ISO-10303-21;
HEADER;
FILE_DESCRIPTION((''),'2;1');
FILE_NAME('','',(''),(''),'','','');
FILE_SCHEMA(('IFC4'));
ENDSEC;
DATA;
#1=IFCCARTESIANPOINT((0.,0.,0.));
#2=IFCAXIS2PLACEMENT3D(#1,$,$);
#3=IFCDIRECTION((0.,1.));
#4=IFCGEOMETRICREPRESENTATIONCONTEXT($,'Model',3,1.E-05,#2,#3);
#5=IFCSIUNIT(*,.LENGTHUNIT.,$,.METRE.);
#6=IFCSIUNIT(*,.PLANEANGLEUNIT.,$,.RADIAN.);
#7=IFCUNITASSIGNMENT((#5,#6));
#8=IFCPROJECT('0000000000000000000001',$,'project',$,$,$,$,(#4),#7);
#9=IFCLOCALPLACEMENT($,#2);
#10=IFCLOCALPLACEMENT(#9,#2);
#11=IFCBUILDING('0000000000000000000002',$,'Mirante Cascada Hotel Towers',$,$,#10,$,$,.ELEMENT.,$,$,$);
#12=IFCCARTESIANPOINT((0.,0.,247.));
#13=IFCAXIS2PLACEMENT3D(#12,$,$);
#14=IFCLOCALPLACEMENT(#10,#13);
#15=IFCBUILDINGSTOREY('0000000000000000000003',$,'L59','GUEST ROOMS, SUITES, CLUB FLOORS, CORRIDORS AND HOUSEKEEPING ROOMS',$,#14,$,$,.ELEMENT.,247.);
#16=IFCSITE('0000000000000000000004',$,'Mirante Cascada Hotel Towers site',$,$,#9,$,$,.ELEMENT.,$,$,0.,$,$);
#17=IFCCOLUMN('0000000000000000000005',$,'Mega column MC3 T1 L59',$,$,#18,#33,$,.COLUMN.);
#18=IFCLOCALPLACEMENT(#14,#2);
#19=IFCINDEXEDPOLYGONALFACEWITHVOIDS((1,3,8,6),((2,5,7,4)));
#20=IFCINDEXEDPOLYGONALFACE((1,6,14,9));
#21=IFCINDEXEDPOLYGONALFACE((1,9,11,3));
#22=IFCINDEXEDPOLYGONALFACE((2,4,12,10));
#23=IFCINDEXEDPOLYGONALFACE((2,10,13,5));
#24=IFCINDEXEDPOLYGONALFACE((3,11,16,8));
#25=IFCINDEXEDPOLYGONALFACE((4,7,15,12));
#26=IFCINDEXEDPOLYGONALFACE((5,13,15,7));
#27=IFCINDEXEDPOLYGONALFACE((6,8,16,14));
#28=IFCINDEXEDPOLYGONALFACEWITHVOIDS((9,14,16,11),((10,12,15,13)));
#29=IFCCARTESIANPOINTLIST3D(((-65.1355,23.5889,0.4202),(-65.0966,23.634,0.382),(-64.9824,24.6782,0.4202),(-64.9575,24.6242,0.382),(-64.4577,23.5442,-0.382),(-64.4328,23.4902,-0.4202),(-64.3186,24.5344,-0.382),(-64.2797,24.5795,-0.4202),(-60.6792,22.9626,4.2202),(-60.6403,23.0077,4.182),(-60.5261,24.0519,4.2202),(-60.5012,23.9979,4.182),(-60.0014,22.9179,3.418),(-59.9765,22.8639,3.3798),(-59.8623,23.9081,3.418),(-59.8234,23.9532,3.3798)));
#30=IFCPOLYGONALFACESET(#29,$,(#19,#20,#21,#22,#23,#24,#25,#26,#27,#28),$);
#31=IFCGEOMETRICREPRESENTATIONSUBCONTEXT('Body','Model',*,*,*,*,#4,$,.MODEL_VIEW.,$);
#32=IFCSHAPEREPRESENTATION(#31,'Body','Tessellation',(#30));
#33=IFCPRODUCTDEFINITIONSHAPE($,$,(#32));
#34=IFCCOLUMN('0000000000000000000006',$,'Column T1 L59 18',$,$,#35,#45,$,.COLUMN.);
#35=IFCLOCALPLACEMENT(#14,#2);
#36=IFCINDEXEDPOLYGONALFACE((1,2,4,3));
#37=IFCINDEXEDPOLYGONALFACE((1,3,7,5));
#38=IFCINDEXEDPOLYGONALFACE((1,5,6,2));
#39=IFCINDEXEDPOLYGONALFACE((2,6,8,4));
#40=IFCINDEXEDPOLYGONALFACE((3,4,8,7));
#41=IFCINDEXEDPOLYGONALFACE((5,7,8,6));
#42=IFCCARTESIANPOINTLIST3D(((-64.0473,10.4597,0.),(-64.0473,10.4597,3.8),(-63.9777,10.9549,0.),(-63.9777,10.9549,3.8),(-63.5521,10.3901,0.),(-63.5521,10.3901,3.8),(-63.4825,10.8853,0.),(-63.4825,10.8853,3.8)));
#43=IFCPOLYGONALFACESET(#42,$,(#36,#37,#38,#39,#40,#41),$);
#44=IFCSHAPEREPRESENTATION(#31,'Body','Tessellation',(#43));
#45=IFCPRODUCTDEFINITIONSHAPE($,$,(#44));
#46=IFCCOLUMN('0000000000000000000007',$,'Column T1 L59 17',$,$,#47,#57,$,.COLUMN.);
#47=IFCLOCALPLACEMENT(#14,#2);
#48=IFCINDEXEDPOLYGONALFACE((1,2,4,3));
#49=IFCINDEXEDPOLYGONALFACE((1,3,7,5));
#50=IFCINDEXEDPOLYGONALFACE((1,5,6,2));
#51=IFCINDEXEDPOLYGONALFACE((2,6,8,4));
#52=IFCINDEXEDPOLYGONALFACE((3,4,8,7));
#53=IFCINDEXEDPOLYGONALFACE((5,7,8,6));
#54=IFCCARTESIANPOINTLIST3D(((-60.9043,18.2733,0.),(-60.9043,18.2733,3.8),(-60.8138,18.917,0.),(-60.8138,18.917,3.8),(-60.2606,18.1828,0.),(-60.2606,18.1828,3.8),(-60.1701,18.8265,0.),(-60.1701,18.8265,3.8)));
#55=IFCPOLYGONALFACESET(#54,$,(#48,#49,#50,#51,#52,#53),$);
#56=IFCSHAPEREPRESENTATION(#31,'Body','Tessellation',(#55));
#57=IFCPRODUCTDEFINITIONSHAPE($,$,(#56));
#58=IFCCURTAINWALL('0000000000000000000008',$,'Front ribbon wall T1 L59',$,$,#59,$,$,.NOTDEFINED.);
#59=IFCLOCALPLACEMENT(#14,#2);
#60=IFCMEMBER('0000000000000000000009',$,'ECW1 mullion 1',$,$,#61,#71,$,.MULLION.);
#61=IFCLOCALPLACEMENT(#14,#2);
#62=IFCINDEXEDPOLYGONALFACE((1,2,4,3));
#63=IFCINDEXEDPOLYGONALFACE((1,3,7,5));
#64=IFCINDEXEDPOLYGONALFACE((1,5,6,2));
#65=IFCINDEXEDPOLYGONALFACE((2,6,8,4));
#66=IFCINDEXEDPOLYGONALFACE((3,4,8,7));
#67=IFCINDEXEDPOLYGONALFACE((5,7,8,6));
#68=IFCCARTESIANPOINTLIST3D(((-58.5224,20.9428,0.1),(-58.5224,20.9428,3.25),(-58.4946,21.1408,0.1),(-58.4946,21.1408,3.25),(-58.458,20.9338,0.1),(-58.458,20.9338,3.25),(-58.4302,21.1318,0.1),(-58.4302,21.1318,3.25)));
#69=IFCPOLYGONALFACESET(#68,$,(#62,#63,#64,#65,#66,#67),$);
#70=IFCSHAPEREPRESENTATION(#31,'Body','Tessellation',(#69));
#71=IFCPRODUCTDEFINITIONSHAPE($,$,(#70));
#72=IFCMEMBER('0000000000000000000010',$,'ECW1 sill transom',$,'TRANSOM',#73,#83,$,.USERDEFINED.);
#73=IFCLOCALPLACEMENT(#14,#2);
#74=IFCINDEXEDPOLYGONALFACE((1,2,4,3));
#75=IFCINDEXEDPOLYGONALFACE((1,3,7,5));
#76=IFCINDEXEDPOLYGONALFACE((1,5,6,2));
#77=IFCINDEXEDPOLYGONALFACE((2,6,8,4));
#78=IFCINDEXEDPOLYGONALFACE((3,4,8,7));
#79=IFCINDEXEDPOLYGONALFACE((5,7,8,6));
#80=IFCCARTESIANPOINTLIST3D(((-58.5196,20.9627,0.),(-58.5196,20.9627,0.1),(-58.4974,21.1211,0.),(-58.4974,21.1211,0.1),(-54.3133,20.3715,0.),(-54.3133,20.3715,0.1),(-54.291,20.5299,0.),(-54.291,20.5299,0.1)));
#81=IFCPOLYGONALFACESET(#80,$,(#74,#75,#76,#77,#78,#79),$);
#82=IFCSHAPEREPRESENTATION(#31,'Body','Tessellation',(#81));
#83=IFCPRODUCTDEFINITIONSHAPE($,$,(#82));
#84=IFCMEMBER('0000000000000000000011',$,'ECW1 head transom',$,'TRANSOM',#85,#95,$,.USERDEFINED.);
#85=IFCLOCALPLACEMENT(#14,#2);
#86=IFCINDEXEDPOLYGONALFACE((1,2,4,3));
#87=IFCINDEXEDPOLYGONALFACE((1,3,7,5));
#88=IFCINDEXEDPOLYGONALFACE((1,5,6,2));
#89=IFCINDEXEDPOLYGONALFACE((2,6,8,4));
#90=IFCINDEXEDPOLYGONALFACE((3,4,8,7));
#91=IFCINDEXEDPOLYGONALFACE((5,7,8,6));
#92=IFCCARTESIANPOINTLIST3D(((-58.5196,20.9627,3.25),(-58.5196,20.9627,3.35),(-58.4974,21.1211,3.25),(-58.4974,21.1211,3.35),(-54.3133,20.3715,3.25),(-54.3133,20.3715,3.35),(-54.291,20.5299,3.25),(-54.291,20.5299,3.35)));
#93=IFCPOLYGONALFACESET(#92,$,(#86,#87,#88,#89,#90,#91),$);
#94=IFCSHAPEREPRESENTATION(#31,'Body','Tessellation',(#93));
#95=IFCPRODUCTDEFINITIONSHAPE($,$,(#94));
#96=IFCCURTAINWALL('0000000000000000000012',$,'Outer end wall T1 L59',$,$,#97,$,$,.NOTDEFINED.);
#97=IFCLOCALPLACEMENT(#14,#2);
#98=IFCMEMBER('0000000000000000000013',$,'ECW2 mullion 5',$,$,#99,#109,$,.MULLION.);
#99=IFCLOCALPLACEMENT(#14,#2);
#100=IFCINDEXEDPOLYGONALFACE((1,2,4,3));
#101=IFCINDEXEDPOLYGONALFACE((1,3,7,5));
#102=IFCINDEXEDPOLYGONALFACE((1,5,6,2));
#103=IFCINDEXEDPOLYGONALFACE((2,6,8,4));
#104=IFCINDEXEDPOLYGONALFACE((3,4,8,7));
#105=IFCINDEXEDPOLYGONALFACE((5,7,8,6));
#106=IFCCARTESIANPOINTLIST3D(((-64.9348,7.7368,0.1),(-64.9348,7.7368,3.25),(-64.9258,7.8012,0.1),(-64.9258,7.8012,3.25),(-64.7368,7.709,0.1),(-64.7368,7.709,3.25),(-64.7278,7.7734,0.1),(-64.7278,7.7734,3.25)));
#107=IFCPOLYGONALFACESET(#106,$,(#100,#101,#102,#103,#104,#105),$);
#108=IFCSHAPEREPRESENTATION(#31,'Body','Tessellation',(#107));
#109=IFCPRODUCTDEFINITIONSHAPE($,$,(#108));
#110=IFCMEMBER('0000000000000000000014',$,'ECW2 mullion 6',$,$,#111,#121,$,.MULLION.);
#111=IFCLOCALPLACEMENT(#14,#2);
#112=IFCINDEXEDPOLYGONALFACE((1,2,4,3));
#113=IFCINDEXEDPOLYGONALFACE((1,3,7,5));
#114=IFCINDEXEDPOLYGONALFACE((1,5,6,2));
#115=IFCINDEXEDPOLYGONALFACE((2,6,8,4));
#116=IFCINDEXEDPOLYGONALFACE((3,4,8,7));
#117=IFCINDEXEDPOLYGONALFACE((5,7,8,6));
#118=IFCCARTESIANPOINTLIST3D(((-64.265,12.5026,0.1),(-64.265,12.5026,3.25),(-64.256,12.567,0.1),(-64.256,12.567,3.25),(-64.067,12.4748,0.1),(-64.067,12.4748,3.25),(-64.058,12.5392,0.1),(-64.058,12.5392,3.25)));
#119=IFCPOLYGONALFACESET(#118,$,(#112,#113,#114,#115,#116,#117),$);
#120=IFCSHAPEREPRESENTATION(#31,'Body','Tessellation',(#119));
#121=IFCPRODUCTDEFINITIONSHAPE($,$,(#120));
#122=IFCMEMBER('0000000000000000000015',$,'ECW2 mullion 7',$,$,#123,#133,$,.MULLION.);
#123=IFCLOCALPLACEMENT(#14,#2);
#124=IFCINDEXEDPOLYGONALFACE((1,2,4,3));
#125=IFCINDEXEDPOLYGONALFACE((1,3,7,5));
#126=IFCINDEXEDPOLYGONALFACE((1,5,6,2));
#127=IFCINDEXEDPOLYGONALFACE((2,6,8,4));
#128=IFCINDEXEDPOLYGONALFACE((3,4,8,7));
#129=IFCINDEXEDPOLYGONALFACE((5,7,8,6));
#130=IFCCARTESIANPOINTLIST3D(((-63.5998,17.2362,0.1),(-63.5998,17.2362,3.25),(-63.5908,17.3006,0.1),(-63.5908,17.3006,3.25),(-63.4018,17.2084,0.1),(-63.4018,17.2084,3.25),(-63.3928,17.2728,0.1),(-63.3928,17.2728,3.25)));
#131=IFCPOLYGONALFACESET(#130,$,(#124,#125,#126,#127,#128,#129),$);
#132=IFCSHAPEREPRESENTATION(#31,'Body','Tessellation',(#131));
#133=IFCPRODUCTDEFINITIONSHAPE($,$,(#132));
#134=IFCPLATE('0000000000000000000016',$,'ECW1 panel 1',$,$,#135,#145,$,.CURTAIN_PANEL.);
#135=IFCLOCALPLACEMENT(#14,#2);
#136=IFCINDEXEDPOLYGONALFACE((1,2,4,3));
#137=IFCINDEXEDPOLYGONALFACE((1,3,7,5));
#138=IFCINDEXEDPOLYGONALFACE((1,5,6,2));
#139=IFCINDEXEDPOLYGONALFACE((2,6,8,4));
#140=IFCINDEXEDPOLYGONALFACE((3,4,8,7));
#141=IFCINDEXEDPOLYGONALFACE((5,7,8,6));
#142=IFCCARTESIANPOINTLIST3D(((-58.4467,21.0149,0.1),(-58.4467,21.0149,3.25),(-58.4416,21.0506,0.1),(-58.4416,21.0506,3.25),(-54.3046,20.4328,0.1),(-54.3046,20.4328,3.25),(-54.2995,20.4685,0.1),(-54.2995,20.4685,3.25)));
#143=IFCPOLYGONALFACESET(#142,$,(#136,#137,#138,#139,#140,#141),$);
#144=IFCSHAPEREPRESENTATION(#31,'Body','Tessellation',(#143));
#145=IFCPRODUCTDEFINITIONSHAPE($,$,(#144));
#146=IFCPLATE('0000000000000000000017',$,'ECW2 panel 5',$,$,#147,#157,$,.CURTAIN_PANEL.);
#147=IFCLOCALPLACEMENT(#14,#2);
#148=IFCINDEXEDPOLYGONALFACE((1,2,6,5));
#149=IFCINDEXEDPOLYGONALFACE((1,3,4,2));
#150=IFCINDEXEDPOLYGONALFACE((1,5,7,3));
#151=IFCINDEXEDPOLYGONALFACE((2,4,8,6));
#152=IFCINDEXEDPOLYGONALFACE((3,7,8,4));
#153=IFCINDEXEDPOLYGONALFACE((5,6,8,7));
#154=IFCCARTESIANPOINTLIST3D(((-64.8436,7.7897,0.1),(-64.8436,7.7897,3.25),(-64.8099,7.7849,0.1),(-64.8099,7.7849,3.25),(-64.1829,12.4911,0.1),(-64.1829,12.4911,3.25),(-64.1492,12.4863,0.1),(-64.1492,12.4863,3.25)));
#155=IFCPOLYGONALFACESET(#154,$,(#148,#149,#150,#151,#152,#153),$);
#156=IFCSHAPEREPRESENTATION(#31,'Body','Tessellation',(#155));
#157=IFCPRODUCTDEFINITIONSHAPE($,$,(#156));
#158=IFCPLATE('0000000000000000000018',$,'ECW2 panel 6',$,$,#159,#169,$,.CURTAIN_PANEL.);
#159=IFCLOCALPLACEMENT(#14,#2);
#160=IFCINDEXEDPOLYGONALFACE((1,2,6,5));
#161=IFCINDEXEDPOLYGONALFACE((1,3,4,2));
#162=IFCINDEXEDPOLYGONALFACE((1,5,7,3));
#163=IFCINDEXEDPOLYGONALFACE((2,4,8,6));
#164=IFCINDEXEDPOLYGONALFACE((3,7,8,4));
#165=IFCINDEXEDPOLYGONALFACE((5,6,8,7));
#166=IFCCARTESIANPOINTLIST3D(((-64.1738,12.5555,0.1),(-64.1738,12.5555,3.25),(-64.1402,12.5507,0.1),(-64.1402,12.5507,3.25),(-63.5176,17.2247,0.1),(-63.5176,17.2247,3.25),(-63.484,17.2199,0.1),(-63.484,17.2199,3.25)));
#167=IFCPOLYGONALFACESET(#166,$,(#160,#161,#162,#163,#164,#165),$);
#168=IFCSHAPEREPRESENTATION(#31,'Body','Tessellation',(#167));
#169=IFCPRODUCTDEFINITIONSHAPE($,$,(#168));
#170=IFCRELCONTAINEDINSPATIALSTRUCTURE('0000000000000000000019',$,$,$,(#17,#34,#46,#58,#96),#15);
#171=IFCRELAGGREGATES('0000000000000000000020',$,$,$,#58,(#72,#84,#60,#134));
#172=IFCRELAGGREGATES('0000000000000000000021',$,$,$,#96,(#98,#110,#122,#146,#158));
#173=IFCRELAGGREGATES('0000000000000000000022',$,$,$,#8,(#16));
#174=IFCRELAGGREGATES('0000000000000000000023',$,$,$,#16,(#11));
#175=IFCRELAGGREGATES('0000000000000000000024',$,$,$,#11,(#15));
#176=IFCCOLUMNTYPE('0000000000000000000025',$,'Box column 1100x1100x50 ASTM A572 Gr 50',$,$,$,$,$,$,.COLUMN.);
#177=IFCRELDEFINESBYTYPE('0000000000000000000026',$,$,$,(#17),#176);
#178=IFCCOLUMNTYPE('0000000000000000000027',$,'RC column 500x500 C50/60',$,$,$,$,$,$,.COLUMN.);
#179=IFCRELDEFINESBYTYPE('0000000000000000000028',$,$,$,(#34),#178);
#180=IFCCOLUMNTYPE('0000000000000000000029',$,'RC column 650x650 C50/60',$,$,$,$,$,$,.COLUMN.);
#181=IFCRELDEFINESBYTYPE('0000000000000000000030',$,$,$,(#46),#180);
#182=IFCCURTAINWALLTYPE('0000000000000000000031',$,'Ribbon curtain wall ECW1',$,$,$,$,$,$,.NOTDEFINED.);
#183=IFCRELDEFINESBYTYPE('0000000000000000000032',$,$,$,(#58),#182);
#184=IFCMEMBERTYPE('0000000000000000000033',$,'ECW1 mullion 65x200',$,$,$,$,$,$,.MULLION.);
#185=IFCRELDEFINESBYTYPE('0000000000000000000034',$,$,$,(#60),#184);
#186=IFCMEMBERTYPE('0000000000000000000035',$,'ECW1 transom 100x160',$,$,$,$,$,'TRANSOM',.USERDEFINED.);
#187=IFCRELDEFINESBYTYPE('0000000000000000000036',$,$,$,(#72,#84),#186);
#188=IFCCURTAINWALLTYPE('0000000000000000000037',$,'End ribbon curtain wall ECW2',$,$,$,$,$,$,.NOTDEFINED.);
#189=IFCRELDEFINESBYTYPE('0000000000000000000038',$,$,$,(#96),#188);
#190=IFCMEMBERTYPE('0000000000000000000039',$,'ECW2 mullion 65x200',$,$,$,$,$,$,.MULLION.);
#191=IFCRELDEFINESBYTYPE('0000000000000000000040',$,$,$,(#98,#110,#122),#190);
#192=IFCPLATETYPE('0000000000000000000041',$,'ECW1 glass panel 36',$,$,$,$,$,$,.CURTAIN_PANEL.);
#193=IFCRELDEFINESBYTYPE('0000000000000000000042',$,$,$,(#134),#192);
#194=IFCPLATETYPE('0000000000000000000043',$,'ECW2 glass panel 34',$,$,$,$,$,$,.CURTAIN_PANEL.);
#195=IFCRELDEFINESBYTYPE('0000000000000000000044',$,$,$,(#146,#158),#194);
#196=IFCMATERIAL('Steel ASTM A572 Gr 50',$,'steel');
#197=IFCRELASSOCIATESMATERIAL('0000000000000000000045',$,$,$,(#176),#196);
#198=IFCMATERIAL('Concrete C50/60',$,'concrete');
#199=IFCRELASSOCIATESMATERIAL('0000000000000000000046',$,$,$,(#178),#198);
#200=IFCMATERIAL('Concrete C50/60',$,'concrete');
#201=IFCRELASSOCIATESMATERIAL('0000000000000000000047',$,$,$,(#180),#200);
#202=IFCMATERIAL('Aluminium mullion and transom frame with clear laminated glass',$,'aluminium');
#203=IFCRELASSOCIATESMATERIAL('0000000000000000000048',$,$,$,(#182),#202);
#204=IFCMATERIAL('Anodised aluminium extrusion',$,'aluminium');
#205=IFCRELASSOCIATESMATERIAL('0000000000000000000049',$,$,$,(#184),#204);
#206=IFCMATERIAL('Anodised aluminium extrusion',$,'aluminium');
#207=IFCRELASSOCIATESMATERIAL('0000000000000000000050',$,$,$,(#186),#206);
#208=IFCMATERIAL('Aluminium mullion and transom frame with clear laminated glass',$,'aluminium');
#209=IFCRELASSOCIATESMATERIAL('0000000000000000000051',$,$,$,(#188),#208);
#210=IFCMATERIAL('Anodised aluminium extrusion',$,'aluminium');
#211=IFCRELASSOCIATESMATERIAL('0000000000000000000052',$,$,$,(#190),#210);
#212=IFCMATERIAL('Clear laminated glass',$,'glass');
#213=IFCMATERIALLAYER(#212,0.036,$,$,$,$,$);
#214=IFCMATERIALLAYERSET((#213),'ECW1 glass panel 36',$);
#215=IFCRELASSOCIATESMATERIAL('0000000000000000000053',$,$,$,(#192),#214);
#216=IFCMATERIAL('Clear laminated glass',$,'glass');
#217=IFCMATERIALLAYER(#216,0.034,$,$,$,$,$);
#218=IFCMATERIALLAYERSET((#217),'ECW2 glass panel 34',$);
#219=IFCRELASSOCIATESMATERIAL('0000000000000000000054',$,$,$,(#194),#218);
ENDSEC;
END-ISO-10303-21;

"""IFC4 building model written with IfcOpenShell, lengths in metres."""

from ifc_helpers import new_model, si_unit, direction, frame, origin, origin_2d, place, context, subcontext, project, spatial, rectangle, hollow_rectangle, extrude, material, layer, layer_set, material_profile, profile_set, type_object, element, aggregate, save


model = new_model("IFC4")

# Units and contexts
model_context = context("Model", 3, precision=1e-05, world=origin(), true_north=direction((0.0, 1.0)))
body_context = subcontext(model_context, "Body", "Model", "MODEL_VIEW")
ifc_project = project(units=[si_unit("LENGTHUNIT", "METRE"), si_unit("PLANEANGLEUNIT", "RADIAN")], contexts=[model_context])

# Site, building, storey
site_placement = place(None, origin())
site = spatial("IfcSite", under=ifc_project, at=site_placement, Name="Mirante Cascada Hotel Towers site", CompositionType="ELEMENT", RefElevation=0.0)
building_placement = place(site_placement, origin())
building = spatial("IfcBuilding", under=site, at=building_placement, Name="Mirante Cascada Hotel Towers", CompositionType="ELEMENT")
storey_placement = place(building_placement, frame((0.0, 0.0, 247.0)))
storey = spatial("IfcBuildingStorey", under=building, at=storey_placement, Name="L59", Description="GUEST ROOMS, SUITES, CLUB FLOORS, CORRIDORS AND HOUSEKEEPING ROOMS", CompositionType="ELEMENT", Elevation=247.0)

# Columns
ifc_material_1 = material(Name="Steel ASTM A572 Gr 50", Category="steel")
ifc_material_profile_1 = material_profile(ifc_material_1, hollow_rectangle(XDim=1.1, YDim=1.1, WallThickness=0.05, at=origin_2d()), Name="Box column 1100x1100x50 ASTM A572 Gr 50")
ifc_profile_set_1 = profile_set([ifc_material_profile_1], Name="Steel ASTM A572 Gr 50")
column_type_1 = type_object("IfcColumnType", Name="Box column 1100x1100x50 ASTM A572 Gr 50", PredefinedType="COLUMN", material=ifc_profile_set_1)
column_1_placement = place(storey_placement, frame((-64.7076, 24.0842, 0.0), z_axis=(0.756601, -0.106335, 0.645173), x_axis=(0.139175, 0.990268, 0.0)))
element("IfcColumn", 1, at=column_1_placement, inside=storey, type_object=column_type_1, Name="Mega column MC3 T1 L59", PredefinedType="COLUMN", context=body_context, shape_type="SweptSolid", body=[
    extrude(hollow_rectangle(XDim=1.1, YDim=1.1, WallThickness=0.05, at=origin_2d()), origin(), (0.0, 0.0, 1.0), 5.8899),
])
ifc_material_2 = material(Name="Concrete C50/60", Category="concrete")
ifc_material_profile_2 = material_profile(ifc_material_2, rectangle(XDim=0.5, YDim=0.5, at=origin_2d()), Name="RC column 500x500 C50/60")
ifc_profile_set_2 = profile_set([ifc_material_profile_2], Name="Concrete C50/60")
column_type_2 = type_object("IfcColumnType", Name="RC column 500x500 C50/60", PredefinedType="COLUMN", material=ifc_profile_set_2)
column_2_placement = place(storey_placement, frame((-63.7649, 10.6725, 0.0), z_axis=(0.0, 0.0, 1.0), x_axis=(-0.990268, 0.139173, 0.0)))
element("IfcColumn", 2, at=column_2_placement, inside=storey, type_object=column_type_2, Name="Column T1 L59 18", PredefinedType="COLUMN", context=body_context, shape_type="SweptSolid", body=[
    extrude(rectangle(XDim=0.5, YDim=0.5, at=origin_2d()), origin(), (0.0, 0.0, 1.0), 3.8),
])
ifc_material_3 = material(Name="Concrete C50/60", Category="concrete")
ifc_material_profile_3 = material_profile(ifc_material_3, rectangle(XDim=0.65, YDim=0.65, at=origin_2d()), Name="RC column 650x650 C50/60")
ifc_profile_set_3 = profile_set([ifc_material_profile_3], Name="Concrete C50/60")
column_type_3 = type_object("IfcColumnType", Name="RC column 650x650 C50/60", PredefinedType="COLUMN", material=ifc_profile_set_3)
column_3_placement = place(storey_placement, frame((-60.5372, 18.5499, 0.0), z_axis=(0.0, 0.0, 1.0), x_axis=(-0.990268, 0.139173, 0.0)))
element("IfcColumn", 3, at=column_3_placement, inside=storey, type_object=column_type_3, Name="Column T1 L59 17", PredefinedType="COLUMN", context=body_context, shape_type="SweptSolid", body=[
    extrude(rectangle(XDim=0.65, YDim=0.65, at=origin_2d()), origin(), (0.0, 0.0, 1.0), 3.8),
])

# Curtain walls, members
ifc_material_4 = material(Name="Aluminium mullion and transom frame with clear laminated glass", Category="aluminium")
curtain_wall_type_1 = type_object("IfcCurtainWallType", Name="Ribbon curtain wall ECW1", PredefinedType="NOTDEFINED", material=ifc_material_4)
curtain_wall_1_placement = place(storey_placement, origin())
curtain_wall_1 = element("IfcCurtainWall", 4, at=curtain_wall_1_placement, inside=storey, type_object=curtain_wall_type_1, Name="Front ribbon wall T1 L59", PredefinedType="NOTDEFINED")
ifc_material_5 = material(Name="Anodised aluminium extrusion", Category="aluminium")
ifc_material_profile_4 = material_profile(ifc_material_5, rectangle(XDim=0.2, YDim=0.065, at=origin_2d()), Name="ECW1 MULLION 65x200")
ifc_profile_set_4 = profile_set([ifc_material_profile_4], Name="Anodised aluminium extrusion")
member_type_1 = type_object("IfcMemberType", Name="ECW1 mullion 65x200", PredefinedType="MULLION", material=ifc_profile_set_4)
member_1_placement = place(storey_placement, frame((-58.4763, 21.0373, 0.1), z_axis=(0.0, 0.0, 1.0), x_axis=(0.139173, 0.990268, 0.0)))
member_1 = element("IfcMember", 5, at=member_1_placement, type_object=member_type_1, Name="ECW1 mullion 1", PredefinedType="MULLION", context=body_context, shape_type="SweptSolid", body=[
    extrude(rectangle(XDim=0.2, YDim=0.065, at=origin_2d()), origin(), (0.0, 0.0, 1.0), 3.15),
])
ifc_material_6 = material(Name="Anodised aluminium extrusion", Category="aluminium")
ifc_material_profile_5 = material_profile(ifc_material_6, rectangle(XDim=0.16, YDim=0.1, at=origin_2d()), Name="ECW1 TRANSOM 100x160")
ifc_profile_set_5 = profile_set([ifc_material_profile_5], Name="Anodised aluminium extrusion")
member_type_2 = type_object("IfcMemberType", Name="ECW1 transom 100x160", ElementType="TRANSOM", PredefinedType="USERDEFINED", material=ifc_profile_set_5)
member_2_placement = place(storey_placement, frame((-58.5085, 21.0419, 0.05), z_axis=(0.990267, -0.13918, 0.0), x_axis=(0.13918, 0.990267, 0.0)))
member_2 = element("IfcMember", 6, at=member_2_placement, type_object=member_type_2, Name="ECW1 sill transom", ObjectType="TRANSOM", PredefinedType="USERDEFINED", context=body_context, shape_type="SweptSolid", body=[
    extrude(rectangle(XDim=0.16, YDim=0.1, at=origin_2d()), origin(), (0.0, 0.0, 1.0), 4.2477),
])
member_3_placement = place(storey_placement, frame((-58.5085, 21.0419, 3.3), z_axis=(0.990267, -0.13918, 0.0), x_axis=(0.13918, 0.990267, 0.0)))
member_3 = element("IfcMember", 7, at=member_3_placement, type_object=member_type_2, Name="ECW1 head transom", ObjectType="TRANSOM", PredefinedType="USERDEFINED", context=body_context, shape_type="SweptSolid", body=[
    extrude(rectangle(XDim=0.16, YDim=0.1, at=origin_2d()), origin(), (0.0, 0.0, 1.0), 4.2477),
])
ifc_material_7 = material(Name="Aluminium mullion and transom frame with clear laminated glass", Category="aluminium")
curtain_wall_type_2 = type_object("IfcCurtainWallType", Name="End ribbon curtain wall ECW2", PredefinedType="NOTDEFINED", material=ifc_material_7)
curtain_wall_2_placement = place(storey_placement, origin())
curtain_wall_2 = element("IfcCurtainWall", 8, at=curtain_wall_2_placement, inside=storey, type_object=curtain_wall_type_2, Name="Outer end wall T1 L59", PredefinedType="NOTDEFINED")
ifc_material_8 = material(Name="Anodised aluminium extrusion", Category="aluminium")
ifc_material_profile_6 = material_profile(ifc_material_8, rectangle(XDim=0.2, YDim=0.065, at=origin_2d()), Name="ECW2 MULLION 65x200")
ifc_profile_set_6 = profile_set([ifc_material_profile_6], Name="Anodised aluminium extrusion")
member_type_3 = type_object("IfcMemberType", Name="ECW2 mullion 65x200", PredefinedType="MULLION", material=ifc_profile_set_6)
member_4_placement = place(storey_placement, frame((-64.8313, 7.7551, 0.1), z_axis=(0.0, 0.0, 1.0), x_axis=(-0.990268, 0.139173, 0.0)))
member_4 = element("IfcMember", 9, at=member_4_placement, type_object=member_type_3, Name="ECW2 mullion 5", PredefinedType="MULLION", context=body_context, shape_type="SweptSolid", body=[
    extrude(rectangle(XDim=0.2, YDim=0.065, at=origin_2d()), origin(), (0.0, 0.0, 1.0), 3.15),
])
member_5_placement = place(storey_placement, frame((-64.1615, 12.5209, 0.1), z_axis=(0.0, 0.0, 1.0), x_axis=(-0.990268, 0.139173, 0.0)))
member_5 = element("IfcMember", 10, at=member_5_placement, type_object=member_type_3, Name="ECW2 mullion 6", PredefinedType="MULLION", context=body_context, shape_type="SweptSolid", body=[
    extrude(rectangle(XDim=0.2, YDim=0.065, at=origin_2d()), origin(), (0.0, 0.0, 1.0), 3.15),
])
member_6_placement = place(storey_placement, frame((-63.4963, 17.2545, 0.1), z_axis=(0.0, 0.0, 1.0), x_axis=(-0.990268, 0.139173, 0.0)))
member_6 = element("IfcMember", 11, at=member_6_placement, type_object=member_type_3, Name="ECW2 mullion 7", PredefinedType="MULLION", context=body_context, shape_type="SweptSolid", body=[
    extrude(rectangle(XDim=0.2, YDim=0.065, at=origin_2d()), origin(), (0.0, 0.0, 1.0), 3.15),
])

# Plates
ifc_material_9 = material(Name="Clear laminated glass", Category="glass")
ifc_layer_1 = layer(ifc_material_9, 0.036)
ifc_layer_set_1 = layer_set([ifc_layer_1], Name="ECW1 glass panel 36")
plate_type_1 = type_object("IfcPlateType", Name="ECW1 glass panel 36", PredefinedType="CURTAIN_PANEL", material=ifc_layer_set_1)
plate_1_placement = place(storey_placement, frame((-56.3731, 20.7417, 0.1), z_axis=(0.0, 0.0, 1.0), x_axis=(0.990268, -0.139173, 0.0)))
plate_1 = element("IfcPlate", 12, at=plate_1_placement, type_object=plate_type_1, Name="ECW1 panel 1", PredefinedType="CURTAIN_PANEL", context=body_context, shape_type="SweptSolid", body=[
    extrude(rectangle(XDim=4.1828, YDim=0.036, at=origin_2d()), origin(), (0.0, 0.0, 1.0), 3.15),
])
aggregate(curtain_wall_1, [member_2, member_3, member_1, plate_1])
ifc_material_10 = material(Name="Clear laminated glass", Category="glass")
ifc_layer_2 = layer(ifc_material_10, 0.034)
ifc_layer_set_2 = layer_set([ifc_layer_2], Name="ECW2 glass panel 34")
plate_type_2 = type_object("IfcPlateType", Name="ECW2 glass panel 34", PredefinedType="CURTAIN_PANEL", material=ifc_layer_set_2)
plate_2_placement = place(storey_placement, frame((-64.4964, 10.138, 0.1), z_axis=(0.0, 0.0, 1.0), x_axis=(0.139173, 0.990268, 0.0)))
plate_2 = element("IfcPlate", 13, at=plate_2_placement, type_object=plate_type_2, Name="ECW2 panel 5", PredefinedType="CURTAIN_PANEL", context=body_context, shape_type="SweptSolid", body=[
    extrude(rectangle(XDim=4.7476, YDim=0.034, at=origin_2d()), origin(), (0.0, 0.0, 1.0), 3.15),
])
plate_3_placement = place(storey_placement, frame((-63.8289, 14.8877, 0.1), z_axis=(0.0, 0.0, 1.0), x_axis=(0.139173, 0.990268, 0.0)))
plate_3 = element("IfcPlate", 14, at=plate_3_placement, type_object=plate_type_2, Name="ECW2 panel 6", PredefinedType="CURTAIN_PANEL", context=body_context, shape_type="SweptSolid", body=[
    extrude(rectangle(XDim=4.7151, YDim=0.034, at=origin_2d()), origin(), (0.0, 0.0, 1.0), 3.15),
])
aggregate(curtain_wall_2, [member_4, member_5, member_6, plate_2, plate_3])

save(model, "model.ifc")
